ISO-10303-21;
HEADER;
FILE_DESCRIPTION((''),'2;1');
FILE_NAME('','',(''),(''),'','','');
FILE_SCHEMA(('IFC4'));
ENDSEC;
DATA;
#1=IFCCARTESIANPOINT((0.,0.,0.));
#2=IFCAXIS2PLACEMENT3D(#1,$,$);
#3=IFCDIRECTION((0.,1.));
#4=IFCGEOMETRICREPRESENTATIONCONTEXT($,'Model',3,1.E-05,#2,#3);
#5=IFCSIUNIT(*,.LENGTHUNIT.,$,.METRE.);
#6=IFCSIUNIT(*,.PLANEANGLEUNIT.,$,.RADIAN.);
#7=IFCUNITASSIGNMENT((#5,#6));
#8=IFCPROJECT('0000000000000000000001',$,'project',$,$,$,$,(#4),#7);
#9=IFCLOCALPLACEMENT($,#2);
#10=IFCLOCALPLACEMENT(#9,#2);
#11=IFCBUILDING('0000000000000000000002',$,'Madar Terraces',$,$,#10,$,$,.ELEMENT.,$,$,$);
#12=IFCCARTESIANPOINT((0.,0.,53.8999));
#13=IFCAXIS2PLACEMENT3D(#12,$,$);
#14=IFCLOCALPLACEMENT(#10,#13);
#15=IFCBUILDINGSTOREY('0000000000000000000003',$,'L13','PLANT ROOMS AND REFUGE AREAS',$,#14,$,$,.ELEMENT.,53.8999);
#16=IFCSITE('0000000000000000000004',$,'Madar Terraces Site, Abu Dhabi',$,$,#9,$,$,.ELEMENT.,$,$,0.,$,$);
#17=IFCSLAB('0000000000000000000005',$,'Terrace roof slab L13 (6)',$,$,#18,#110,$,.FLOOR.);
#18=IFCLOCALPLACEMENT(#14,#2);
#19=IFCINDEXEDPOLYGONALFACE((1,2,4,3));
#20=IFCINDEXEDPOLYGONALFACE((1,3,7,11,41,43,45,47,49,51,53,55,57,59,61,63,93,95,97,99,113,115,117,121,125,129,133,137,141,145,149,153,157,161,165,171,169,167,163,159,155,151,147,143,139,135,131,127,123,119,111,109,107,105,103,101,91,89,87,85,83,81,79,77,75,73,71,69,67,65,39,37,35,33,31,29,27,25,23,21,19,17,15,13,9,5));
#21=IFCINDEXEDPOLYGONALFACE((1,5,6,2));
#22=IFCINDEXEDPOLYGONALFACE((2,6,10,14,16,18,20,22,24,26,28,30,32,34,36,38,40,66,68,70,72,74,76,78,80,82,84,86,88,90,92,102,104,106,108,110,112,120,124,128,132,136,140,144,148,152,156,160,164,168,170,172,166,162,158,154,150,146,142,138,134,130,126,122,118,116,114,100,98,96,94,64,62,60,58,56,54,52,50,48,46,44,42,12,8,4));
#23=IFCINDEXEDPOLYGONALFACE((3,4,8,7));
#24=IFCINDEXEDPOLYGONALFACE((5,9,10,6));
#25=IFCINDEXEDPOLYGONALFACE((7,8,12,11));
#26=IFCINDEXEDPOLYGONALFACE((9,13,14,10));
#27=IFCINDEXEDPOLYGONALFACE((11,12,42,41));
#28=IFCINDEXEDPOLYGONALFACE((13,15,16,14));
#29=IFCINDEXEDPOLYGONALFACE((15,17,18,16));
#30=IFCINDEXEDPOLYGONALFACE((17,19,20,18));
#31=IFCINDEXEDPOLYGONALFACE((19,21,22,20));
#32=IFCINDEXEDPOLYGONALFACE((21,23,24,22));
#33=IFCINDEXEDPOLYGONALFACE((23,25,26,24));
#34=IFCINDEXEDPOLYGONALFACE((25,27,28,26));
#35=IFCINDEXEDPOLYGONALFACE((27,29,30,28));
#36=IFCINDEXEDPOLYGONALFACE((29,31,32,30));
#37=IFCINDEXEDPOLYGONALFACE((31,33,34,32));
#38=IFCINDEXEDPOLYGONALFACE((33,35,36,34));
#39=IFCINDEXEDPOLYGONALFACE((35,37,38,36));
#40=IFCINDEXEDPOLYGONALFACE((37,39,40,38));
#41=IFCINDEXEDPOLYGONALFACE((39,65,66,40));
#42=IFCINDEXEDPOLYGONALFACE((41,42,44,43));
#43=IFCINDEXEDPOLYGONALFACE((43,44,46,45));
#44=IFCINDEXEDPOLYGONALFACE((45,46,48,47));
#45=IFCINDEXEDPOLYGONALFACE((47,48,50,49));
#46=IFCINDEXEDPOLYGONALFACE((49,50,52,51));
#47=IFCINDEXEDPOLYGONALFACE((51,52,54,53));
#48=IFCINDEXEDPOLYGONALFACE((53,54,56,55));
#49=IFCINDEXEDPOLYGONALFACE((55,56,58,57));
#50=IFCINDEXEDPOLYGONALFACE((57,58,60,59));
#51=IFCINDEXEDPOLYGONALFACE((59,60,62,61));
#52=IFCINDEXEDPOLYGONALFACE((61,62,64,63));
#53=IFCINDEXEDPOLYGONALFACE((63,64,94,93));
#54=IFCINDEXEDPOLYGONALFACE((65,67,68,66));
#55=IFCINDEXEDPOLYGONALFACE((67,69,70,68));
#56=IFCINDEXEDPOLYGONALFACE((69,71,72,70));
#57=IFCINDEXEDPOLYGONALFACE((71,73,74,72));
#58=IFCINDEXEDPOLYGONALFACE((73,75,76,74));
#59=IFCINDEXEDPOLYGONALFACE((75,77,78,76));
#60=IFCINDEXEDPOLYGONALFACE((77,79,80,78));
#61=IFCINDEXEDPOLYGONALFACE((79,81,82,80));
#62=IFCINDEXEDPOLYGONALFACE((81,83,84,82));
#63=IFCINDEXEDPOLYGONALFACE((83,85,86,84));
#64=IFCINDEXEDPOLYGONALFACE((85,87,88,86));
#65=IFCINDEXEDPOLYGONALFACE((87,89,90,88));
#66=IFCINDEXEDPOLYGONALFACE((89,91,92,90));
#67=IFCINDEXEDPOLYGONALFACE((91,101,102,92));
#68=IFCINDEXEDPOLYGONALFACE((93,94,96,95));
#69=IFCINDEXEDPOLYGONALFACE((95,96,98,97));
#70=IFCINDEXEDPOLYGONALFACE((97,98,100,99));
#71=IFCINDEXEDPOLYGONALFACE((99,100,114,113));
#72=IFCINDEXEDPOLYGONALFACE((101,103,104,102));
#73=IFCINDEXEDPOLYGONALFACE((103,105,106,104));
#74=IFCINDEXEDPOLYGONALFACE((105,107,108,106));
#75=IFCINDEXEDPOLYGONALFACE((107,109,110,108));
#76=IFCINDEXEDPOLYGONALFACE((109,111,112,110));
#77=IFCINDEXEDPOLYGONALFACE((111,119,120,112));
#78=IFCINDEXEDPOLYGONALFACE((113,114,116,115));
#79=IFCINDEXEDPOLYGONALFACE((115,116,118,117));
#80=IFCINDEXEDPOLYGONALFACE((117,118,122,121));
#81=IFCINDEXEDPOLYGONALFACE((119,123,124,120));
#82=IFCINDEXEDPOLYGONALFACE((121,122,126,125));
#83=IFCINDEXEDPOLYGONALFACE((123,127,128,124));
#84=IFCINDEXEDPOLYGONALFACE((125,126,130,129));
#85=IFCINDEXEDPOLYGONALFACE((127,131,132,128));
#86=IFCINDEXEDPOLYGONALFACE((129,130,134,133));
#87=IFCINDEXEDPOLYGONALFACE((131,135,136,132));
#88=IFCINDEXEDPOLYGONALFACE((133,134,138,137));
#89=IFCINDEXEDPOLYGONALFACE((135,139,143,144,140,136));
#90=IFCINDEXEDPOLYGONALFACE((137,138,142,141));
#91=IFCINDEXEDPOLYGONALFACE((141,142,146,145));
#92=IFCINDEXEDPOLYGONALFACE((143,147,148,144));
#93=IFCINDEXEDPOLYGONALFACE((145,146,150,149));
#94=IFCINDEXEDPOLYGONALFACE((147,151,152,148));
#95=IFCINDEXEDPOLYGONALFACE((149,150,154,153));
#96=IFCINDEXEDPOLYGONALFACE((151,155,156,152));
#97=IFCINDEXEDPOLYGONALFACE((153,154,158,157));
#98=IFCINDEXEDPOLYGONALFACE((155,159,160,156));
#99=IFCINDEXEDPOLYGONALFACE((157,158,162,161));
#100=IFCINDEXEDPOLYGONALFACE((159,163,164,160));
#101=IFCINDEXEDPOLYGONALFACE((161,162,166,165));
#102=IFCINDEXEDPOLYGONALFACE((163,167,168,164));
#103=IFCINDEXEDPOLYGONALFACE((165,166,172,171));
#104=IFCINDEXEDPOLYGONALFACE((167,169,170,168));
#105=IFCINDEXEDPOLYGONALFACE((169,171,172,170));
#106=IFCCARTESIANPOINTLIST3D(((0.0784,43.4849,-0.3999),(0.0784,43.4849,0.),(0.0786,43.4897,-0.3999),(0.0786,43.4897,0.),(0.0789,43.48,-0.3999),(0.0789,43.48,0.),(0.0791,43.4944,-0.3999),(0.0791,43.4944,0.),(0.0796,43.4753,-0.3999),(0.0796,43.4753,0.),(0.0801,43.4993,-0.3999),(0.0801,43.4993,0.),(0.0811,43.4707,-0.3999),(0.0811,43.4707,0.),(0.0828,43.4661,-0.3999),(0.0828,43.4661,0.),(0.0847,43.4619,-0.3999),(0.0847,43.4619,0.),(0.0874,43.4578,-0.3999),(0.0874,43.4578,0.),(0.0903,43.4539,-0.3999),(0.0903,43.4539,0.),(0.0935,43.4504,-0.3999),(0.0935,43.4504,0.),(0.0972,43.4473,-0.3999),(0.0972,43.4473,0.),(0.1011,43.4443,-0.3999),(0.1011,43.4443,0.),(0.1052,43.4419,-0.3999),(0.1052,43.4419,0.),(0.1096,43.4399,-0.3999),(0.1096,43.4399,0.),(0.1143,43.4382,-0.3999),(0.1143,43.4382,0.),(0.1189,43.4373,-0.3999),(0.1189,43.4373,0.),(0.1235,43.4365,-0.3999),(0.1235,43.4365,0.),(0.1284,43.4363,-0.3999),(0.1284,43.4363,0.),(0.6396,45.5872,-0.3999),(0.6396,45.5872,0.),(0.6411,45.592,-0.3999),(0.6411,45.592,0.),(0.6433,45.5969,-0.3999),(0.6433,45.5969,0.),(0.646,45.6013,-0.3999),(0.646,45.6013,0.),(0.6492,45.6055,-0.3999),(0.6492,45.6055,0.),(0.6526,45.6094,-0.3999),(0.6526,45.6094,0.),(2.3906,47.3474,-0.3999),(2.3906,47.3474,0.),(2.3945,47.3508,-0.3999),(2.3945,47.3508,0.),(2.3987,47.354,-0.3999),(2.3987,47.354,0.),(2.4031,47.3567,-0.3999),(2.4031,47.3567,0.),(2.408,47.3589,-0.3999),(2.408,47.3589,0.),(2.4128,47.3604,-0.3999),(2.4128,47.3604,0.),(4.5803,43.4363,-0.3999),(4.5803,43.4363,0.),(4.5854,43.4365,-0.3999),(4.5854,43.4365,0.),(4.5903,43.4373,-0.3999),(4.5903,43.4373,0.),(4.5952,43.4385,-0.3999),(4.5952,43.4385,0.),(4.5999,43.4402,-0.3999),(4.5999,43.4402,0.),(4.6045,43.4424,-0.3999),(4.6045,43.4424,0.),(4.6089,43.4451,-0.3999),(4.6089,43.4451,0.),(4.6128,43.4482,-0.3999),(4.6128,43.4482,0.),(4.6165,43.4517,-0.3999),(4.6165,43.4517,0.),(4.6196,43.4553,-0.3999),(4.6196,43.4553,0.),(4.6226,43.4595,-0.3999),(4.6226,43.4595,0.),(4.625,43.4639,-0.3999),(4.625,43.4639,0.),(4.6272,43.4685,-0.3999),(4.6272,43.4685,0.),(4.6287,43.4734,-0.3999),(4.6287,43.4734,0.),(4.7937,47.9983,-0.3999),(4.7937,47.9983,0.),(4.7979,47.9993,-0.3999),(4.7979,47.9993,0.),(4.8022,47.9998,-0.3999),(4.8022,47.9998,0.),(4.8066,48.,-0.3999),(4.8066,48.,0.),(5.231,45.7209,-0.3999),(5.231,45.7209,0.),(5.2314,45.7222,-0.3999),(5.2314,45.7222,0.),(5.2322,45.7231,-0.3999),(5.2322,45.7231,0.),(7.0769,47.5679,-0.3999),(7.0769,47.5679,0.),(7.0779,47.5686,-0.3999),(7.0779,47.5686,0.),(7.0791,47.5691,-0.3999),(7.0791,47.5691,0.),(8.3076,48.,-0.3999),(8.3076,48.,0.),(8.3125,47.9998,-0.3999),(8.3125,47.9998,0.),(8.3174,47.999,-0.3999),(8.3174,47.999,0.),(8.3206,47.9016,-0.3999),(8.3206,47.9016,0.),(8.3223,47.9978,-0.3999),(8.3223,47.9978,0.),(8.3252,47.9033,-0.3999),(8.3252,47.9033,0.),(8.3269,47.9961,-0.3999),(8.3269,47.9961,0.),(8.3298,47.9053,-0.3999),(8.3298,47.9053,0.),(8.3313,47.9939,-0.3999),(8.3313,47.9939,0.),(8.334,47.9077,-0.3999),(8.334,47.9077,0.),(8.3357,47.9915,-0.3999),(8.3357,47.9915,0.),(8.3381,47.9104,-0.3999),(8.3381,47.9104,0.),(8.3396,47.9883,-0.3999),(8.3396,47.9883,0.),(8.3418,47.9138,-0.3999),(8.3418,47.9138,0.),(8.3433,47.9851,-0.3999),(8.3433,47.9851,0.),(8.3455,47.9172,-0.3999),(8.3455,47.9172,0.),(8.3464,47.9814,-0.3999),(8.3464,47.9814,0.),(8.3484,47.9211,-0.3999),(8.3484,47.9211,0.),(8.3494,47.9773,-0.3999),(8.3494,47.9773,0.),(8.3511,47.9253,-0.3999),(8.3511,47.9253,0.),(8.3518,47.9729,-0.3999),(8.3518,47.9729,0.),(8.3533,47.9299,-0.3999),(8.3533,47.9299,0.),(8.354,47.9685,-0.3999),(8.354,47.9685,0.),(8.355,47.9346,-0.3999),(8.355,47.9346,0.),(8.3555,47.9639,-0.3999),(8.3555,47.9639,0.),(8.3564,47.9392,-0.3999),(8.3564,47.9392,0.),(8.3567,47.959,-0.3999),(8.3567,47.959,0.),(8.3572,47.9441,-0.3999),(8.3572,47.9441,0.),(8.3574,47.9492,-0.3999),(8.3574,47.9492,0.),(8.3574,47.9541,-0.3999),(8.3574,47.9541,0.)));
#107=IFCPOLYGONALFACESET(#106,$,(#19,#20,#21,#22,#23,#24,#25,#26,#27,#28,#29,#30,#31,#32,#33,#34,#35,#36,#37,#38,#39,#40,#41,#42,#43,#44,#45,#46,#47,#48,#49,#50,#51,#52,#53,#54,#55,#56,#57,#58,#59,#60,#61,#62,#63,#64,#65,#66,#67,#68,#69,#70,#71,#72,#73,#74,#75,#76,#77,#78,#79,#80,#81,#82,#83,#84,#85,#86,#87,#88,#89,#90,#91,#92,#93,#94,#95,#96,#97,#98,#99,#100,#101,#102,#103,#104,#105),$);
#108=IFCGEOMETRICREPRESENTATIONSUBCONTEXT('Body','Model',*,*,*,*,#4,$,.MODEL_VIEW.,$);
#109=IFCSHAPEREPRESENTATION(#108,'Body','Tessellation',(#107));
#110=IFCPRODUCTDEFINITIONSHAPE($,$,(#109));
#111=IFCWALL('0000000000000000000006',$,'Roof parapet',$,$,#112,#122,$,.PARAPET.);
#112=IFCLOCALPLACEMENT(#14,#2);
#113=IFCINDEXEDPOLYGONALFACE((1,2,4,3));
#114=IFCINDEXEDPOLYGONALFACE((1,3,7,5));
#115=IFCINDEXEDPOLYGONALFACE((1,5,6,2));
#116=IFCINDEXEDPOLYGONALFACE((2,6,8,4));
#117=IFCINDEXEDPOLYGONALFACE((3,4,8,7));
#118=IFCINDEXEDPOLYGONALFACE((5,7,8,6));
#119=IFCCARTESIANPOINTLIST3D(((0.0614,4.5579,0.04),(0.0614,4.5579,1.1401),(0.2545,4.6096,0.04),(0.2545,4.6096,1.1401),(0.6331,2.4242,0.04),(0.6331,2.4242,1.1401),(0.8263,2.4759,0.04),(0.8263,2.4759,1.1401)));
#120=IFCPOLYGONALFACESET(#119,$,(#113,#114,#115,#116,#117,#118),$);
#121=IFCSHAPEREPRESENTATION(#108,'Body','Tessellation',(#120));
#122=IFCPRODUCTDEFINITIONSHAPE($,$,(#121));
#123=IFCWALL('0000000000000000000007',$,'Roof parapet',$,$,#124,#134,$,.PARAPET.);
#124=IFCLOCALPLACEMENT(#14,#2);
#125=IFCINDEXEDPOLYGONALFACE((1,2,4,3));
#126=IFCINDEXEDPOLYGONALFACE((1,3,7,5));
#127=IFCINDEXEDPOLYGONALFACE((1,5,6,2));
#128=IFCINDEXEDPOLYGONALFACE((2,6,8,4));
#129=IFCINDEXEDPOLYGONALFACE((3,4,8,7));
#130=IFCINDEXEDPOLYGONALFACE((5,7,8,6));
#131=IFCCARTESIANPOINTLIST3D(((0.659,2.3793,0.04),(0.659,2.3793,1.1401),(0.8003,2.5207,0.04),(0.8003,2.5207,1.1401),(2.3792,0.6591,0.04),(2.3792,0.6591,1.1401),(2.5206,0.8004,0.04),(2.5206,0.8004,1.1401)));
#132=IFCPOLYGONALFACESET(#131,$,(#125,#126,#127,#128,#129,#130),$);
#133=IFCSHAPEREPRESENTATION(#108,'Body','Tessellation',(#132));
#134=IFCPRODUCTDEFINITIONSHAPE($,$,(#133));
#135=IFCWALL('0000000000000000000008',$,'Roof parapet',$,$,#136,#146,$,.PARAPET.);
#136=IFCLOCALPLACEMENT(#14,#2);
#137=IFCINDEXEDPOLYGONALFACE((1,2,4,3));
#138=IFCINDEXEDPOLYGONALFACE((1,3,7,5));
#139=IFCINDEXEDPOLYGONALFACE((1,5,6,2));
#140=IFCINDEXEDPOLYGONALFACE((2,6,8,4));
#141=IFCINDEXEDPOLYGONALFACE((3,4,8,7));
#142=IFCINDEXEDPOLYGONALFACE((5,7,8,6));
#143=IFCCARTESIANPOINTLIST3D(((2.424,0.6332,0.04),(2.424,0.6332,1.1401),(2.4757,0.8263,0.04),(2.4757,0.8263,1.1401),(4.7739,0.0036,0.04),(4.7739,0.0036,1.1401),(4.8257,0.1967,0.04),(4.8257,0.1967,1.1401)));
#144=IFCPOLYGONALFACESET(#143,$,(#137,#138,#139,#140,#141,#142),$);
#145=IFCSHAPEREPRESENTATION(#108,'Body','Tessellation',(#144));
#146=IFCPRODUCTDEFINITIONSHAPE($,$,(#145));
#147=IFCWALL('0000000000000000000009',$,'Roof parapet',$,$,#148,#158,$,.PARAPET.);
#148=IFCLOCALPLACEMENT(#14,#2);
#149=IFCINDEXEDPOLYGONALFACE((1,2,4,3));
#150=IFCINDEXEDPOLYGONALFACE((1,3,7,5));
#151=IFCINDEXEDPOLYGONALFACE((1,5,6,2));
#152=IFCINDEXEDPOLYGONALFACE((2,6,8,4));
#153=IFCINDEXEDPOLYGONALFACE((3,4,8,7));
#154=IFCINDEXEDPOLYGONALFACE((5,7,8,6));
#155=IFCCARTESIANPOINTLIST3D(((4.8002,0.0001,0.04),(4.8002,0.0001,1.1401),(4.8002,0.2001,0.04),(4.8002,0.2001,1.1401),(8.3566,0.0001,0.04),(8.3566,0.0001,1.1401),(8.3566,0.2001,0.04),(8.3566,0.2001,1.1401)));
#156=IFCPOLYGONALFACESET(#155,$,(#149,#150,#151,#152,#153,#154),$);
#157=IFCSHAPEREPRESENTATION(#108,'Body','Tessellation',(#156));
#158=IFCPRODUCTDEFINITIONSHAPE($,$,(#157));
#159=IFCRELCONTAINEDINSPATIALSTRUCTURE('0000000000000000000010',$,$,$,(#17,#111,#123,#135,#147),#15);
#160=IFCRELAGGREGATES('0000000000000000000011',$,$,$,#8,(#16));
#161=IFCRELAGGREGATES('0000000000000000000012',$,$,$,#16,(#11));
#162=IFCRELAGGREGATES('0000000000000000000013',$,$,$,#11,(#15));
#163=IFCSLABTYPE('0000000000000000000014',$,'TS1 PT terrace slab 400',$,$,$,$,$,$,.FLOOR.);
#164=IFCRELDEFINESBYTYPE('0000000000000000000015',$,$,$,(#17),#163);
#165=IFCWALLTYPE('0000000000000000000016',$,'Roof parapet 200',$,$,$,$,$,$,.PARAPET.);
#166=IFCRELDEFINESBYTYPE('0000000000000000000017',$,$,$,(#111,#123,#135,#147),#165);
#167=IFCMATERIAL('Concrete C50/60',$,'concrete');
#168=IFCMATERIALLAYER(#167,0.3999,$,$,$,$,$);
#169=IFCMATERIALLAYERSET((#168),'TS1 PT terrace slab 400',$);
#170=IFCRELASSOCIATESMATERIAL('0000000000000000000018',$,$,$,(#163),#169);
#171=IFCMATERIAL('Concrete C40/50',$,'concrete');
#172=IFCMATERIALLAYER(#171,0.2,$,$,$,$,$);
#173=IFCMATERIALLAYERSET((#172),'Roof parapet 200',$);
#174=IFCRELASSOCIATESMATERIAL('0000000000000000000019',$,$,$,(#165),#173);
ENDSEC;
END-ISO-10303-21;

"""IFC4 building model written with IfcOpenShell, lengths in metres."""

from ifc_helpers import new_model, si_unit, direction, frame, frame_2d, origin, place, context, subcontext, project, spatial, polyline, rectangle, outline, extrude, material, layer, layer_set, type_object, element, save


model = new_model("IFC4")

# Units and contexts
model_context = context("Model", 3, precision=1e-05, world=origin(), true_north=direction((0.0, 1.0)))
body_context = subcontext(model_context, "Body", "Model", "MODEL_VIEW")
ifc_project = project(units=[si_unit("LENGTHUNIT", "METRE"), si_unit("PLANEANGLEUNIT", "RADIAN")], contexts=[model_context])

# Site, building, storey
site_placement = place(None, origin())
site = spatial("IfcSite", under=ifc_project, at=site_placement, Name="Madar Terraces Site, Abu Dhabi", CompositionType="ELEMENT", RefElevation=0.0)
building_placement = place(site_placement, origin())
building = spatial("IfcBuilding", under=site, at=building_placement, Name="Madar Terraces", CompositionType="ELEMENT")
storey_placement = place(building_placement, frame((0.0, 0.0, 53.8999)))
storey = spatial("IfcBuildingStorey", under=building, at=storey_placement, Name="L13", Description="PLANT ROOMS AND REFUGE AREAS", CompositionType="ELEMENT", Elevation=53.8999)

# Slab
ifc_material_1 = material(Name="Concrete C50/60", Category="concrete")
ifc_layer_1 = layer(ifc_material_1, 0.3999)
ifc_layer_set_1 = layer_set([ifc_layer_1], Name="TS1 PT terrace slab 400")
slab_type_1 = type_object("IfcSlabType", Name="TS1 PT terrace slab 400", PredefinedType="FLOOR", material=ifc_layer_set_1)
slab_1_placement = place(storey_placement, frame((0.0, 0.0, -0.3999)))
element("IfcSlab", 1, at=slab_1_placement, inside=storey, type_object=slab_type_1, Name="Terrace roof slab L13 (6)", PredefinedType="FLOOR", context=body_context, shape_type="SweptSolid", body=[
    extrude(outline(polyline([(0.6433, 45.5969), (0.6411, 45.592), (0.6396, 45.5872), (0.0801, 43.4993), (0.0791, 43.4944), (0.0786, 43.4897), (0.0784, 43.4849), (0.0789, 43.48), (0.0796, 43.4753), (0.0811, 43.4707), (0.0828, 43.4661), (0.0847, 43.4619), (0.0874, 43.4578), (0.0903, 43.4539), (0.0935, 43.4504), (0.0972, 43.4473), (0.1011, 43.4443), (0.1052, 43.4419), (0.1096, 43.4399), (0.1143, 43.4382), (0.1189, 43.4373), (0.1235, 43.4365), (0.1284, 43.4363), (4.5803, 43.4363), (4.5854, 43.4365), (4.5903, 43.4373), (4.5952, 43.4385), (4.5999, 43.4402), (4.6045, 43.4424), (4.6089, 43.4451), (4.6128, 43.4482), (4.6165, 43.4517), (4.6196, 43.4553), (4.6226, 43.4595), (4.625, 43.4639), (4.6272, 43.4685), (4.6287, 43.4734), (5.231, 45.7209), (5.2314, 45.7222), (5.2322, 45.7231), (7.0769, 47.5679), (7.0779, 47.5686), (7.0791, 47.5691), (8.3206, 47.9016), (8.3252, 47.9033), (8.3298, 47.9053), (8.334, 47.9077), (8.3381, 47.9104), (8.3418, 47.9138), (8.3455, 47.9172), (8.3484, 47.9211), (8.3511, 47.9253), (8.3533, 47.9299), (8.355, 47.9346), (8.3564, 47.9392), (8.3572, 47.9441), (8.3574, 47.9492), (8.3574, 47.9541), (8.3567, 47.959), (8.3555, 47.9639), (8.354, 47.9685), (8.3518, 47.9729), (8.3494, 47.9773), (8.3464, 47.9814), (8.3433, 47.9851), (8.3396, 47.9883), (8.3357, 47.9915), (8.3313, 47.9939), (8.3269, 47.9961), (8.3223, 47.9978), (8.3174, 47.999), (8.3125, 47.9998), (8.3076, 48.0), (4.8066, 48.0), (4.8022, 47.9998), (4.7979, 47.9993), (4.7937, 47.9983), (2.4128, 47.3604), (2.408, 47.3589), (2.4031, 47.3567), (2.3987, 47.354), (2.3945, 47.3508), (2.3906, 47.3474), (0.6526, 45.6094), (0.6492, 45.6055), (0.646, 45.6013), (0.6433, 45.5969)])), origin(), (0.0, 0.0, 1.0), 0.3999),
])

# Walls
ifc_material_2 = material(Name="Concrete C40/50", Category="concrete")
ifc_layer_2 = layer(ifc_material_2, 0.2)
ifc_layer_set_2 = layer_set([ifc_layer_2], Name="Roof parapet 200")
wall_type = type_object("IfcWallType", Name="Roof parapet 200", PredefinedType="PARAPET", material=ifc_layer_set_2)
wall_1_placement = place(storey_placement, frame((0.158, 4.5837, 0.04), z_axis=(0.0, 0.0, 1.0), x_axis=(0.258832, -0.965922, 0.0)))
element("IfcWall", 2, at=wall_1_placement, inside=storey, type_object=wall_type, Name="Roof parapet", PredefinedType="PARAPET", context=body_context, shape_type="SweptSolid", body=[
    extrude(rectangle(XDim=2.209, YDim=0.2, at=frame_2d((1.1045, 0.0))), origin(), (0.0, 0.0, 1.0), 1.1001),
])
for number, where, z_axis, x_axis, name in (
    (3, (0.7297, 2.45, 0.04), (0.0, 0.0, 1.0), (0.707107, -0.707107, 0.0), "Roof parapet"),
    (4, (2.45, 0.7297, 0.04), (0.0, 0.0, 1.0), (0.965933, -0.258793, 0.0), "Roof parapet"),
):
    element("IfcWall", number, at=place(storey_placement, frame(where, z_axis=z_axis, x_axis=x_axis)), inside=storey, type_object=wall_type, Name=name, PredefinedType="PARAPET", context=body_context, shape_type="SweptSolid", body=[
        extrude(rectangle(XDim=2.4329, YDim=0.2, at=frame_2d((1.2163, 0.0))), origin(), (0.0, 0.0, 1.0), 1.1001),
    ])
wall_2_placement = place(storey_placement, frame((4.8, 0.1001, 0.04), z_axis=(0.0, 0.0, 1.0), x_axis=(1.0, 0.0, 0.0)))
element("IfcWall", 5, at=wall_2_placement, inside=storey, type_object=wall_type, Name="Roof parapet", PredefinedType="PARAPET", context=body_context, shape_type="SweptSolid", body=[
    extrude(rectangle(XDim=3.5564, YDim=0.2, at=frame_2d((1.7783, 0.0))), origin(), (0.0, 0.0, 1.0), 1.1001),
])

save(model, "model.ifc")
